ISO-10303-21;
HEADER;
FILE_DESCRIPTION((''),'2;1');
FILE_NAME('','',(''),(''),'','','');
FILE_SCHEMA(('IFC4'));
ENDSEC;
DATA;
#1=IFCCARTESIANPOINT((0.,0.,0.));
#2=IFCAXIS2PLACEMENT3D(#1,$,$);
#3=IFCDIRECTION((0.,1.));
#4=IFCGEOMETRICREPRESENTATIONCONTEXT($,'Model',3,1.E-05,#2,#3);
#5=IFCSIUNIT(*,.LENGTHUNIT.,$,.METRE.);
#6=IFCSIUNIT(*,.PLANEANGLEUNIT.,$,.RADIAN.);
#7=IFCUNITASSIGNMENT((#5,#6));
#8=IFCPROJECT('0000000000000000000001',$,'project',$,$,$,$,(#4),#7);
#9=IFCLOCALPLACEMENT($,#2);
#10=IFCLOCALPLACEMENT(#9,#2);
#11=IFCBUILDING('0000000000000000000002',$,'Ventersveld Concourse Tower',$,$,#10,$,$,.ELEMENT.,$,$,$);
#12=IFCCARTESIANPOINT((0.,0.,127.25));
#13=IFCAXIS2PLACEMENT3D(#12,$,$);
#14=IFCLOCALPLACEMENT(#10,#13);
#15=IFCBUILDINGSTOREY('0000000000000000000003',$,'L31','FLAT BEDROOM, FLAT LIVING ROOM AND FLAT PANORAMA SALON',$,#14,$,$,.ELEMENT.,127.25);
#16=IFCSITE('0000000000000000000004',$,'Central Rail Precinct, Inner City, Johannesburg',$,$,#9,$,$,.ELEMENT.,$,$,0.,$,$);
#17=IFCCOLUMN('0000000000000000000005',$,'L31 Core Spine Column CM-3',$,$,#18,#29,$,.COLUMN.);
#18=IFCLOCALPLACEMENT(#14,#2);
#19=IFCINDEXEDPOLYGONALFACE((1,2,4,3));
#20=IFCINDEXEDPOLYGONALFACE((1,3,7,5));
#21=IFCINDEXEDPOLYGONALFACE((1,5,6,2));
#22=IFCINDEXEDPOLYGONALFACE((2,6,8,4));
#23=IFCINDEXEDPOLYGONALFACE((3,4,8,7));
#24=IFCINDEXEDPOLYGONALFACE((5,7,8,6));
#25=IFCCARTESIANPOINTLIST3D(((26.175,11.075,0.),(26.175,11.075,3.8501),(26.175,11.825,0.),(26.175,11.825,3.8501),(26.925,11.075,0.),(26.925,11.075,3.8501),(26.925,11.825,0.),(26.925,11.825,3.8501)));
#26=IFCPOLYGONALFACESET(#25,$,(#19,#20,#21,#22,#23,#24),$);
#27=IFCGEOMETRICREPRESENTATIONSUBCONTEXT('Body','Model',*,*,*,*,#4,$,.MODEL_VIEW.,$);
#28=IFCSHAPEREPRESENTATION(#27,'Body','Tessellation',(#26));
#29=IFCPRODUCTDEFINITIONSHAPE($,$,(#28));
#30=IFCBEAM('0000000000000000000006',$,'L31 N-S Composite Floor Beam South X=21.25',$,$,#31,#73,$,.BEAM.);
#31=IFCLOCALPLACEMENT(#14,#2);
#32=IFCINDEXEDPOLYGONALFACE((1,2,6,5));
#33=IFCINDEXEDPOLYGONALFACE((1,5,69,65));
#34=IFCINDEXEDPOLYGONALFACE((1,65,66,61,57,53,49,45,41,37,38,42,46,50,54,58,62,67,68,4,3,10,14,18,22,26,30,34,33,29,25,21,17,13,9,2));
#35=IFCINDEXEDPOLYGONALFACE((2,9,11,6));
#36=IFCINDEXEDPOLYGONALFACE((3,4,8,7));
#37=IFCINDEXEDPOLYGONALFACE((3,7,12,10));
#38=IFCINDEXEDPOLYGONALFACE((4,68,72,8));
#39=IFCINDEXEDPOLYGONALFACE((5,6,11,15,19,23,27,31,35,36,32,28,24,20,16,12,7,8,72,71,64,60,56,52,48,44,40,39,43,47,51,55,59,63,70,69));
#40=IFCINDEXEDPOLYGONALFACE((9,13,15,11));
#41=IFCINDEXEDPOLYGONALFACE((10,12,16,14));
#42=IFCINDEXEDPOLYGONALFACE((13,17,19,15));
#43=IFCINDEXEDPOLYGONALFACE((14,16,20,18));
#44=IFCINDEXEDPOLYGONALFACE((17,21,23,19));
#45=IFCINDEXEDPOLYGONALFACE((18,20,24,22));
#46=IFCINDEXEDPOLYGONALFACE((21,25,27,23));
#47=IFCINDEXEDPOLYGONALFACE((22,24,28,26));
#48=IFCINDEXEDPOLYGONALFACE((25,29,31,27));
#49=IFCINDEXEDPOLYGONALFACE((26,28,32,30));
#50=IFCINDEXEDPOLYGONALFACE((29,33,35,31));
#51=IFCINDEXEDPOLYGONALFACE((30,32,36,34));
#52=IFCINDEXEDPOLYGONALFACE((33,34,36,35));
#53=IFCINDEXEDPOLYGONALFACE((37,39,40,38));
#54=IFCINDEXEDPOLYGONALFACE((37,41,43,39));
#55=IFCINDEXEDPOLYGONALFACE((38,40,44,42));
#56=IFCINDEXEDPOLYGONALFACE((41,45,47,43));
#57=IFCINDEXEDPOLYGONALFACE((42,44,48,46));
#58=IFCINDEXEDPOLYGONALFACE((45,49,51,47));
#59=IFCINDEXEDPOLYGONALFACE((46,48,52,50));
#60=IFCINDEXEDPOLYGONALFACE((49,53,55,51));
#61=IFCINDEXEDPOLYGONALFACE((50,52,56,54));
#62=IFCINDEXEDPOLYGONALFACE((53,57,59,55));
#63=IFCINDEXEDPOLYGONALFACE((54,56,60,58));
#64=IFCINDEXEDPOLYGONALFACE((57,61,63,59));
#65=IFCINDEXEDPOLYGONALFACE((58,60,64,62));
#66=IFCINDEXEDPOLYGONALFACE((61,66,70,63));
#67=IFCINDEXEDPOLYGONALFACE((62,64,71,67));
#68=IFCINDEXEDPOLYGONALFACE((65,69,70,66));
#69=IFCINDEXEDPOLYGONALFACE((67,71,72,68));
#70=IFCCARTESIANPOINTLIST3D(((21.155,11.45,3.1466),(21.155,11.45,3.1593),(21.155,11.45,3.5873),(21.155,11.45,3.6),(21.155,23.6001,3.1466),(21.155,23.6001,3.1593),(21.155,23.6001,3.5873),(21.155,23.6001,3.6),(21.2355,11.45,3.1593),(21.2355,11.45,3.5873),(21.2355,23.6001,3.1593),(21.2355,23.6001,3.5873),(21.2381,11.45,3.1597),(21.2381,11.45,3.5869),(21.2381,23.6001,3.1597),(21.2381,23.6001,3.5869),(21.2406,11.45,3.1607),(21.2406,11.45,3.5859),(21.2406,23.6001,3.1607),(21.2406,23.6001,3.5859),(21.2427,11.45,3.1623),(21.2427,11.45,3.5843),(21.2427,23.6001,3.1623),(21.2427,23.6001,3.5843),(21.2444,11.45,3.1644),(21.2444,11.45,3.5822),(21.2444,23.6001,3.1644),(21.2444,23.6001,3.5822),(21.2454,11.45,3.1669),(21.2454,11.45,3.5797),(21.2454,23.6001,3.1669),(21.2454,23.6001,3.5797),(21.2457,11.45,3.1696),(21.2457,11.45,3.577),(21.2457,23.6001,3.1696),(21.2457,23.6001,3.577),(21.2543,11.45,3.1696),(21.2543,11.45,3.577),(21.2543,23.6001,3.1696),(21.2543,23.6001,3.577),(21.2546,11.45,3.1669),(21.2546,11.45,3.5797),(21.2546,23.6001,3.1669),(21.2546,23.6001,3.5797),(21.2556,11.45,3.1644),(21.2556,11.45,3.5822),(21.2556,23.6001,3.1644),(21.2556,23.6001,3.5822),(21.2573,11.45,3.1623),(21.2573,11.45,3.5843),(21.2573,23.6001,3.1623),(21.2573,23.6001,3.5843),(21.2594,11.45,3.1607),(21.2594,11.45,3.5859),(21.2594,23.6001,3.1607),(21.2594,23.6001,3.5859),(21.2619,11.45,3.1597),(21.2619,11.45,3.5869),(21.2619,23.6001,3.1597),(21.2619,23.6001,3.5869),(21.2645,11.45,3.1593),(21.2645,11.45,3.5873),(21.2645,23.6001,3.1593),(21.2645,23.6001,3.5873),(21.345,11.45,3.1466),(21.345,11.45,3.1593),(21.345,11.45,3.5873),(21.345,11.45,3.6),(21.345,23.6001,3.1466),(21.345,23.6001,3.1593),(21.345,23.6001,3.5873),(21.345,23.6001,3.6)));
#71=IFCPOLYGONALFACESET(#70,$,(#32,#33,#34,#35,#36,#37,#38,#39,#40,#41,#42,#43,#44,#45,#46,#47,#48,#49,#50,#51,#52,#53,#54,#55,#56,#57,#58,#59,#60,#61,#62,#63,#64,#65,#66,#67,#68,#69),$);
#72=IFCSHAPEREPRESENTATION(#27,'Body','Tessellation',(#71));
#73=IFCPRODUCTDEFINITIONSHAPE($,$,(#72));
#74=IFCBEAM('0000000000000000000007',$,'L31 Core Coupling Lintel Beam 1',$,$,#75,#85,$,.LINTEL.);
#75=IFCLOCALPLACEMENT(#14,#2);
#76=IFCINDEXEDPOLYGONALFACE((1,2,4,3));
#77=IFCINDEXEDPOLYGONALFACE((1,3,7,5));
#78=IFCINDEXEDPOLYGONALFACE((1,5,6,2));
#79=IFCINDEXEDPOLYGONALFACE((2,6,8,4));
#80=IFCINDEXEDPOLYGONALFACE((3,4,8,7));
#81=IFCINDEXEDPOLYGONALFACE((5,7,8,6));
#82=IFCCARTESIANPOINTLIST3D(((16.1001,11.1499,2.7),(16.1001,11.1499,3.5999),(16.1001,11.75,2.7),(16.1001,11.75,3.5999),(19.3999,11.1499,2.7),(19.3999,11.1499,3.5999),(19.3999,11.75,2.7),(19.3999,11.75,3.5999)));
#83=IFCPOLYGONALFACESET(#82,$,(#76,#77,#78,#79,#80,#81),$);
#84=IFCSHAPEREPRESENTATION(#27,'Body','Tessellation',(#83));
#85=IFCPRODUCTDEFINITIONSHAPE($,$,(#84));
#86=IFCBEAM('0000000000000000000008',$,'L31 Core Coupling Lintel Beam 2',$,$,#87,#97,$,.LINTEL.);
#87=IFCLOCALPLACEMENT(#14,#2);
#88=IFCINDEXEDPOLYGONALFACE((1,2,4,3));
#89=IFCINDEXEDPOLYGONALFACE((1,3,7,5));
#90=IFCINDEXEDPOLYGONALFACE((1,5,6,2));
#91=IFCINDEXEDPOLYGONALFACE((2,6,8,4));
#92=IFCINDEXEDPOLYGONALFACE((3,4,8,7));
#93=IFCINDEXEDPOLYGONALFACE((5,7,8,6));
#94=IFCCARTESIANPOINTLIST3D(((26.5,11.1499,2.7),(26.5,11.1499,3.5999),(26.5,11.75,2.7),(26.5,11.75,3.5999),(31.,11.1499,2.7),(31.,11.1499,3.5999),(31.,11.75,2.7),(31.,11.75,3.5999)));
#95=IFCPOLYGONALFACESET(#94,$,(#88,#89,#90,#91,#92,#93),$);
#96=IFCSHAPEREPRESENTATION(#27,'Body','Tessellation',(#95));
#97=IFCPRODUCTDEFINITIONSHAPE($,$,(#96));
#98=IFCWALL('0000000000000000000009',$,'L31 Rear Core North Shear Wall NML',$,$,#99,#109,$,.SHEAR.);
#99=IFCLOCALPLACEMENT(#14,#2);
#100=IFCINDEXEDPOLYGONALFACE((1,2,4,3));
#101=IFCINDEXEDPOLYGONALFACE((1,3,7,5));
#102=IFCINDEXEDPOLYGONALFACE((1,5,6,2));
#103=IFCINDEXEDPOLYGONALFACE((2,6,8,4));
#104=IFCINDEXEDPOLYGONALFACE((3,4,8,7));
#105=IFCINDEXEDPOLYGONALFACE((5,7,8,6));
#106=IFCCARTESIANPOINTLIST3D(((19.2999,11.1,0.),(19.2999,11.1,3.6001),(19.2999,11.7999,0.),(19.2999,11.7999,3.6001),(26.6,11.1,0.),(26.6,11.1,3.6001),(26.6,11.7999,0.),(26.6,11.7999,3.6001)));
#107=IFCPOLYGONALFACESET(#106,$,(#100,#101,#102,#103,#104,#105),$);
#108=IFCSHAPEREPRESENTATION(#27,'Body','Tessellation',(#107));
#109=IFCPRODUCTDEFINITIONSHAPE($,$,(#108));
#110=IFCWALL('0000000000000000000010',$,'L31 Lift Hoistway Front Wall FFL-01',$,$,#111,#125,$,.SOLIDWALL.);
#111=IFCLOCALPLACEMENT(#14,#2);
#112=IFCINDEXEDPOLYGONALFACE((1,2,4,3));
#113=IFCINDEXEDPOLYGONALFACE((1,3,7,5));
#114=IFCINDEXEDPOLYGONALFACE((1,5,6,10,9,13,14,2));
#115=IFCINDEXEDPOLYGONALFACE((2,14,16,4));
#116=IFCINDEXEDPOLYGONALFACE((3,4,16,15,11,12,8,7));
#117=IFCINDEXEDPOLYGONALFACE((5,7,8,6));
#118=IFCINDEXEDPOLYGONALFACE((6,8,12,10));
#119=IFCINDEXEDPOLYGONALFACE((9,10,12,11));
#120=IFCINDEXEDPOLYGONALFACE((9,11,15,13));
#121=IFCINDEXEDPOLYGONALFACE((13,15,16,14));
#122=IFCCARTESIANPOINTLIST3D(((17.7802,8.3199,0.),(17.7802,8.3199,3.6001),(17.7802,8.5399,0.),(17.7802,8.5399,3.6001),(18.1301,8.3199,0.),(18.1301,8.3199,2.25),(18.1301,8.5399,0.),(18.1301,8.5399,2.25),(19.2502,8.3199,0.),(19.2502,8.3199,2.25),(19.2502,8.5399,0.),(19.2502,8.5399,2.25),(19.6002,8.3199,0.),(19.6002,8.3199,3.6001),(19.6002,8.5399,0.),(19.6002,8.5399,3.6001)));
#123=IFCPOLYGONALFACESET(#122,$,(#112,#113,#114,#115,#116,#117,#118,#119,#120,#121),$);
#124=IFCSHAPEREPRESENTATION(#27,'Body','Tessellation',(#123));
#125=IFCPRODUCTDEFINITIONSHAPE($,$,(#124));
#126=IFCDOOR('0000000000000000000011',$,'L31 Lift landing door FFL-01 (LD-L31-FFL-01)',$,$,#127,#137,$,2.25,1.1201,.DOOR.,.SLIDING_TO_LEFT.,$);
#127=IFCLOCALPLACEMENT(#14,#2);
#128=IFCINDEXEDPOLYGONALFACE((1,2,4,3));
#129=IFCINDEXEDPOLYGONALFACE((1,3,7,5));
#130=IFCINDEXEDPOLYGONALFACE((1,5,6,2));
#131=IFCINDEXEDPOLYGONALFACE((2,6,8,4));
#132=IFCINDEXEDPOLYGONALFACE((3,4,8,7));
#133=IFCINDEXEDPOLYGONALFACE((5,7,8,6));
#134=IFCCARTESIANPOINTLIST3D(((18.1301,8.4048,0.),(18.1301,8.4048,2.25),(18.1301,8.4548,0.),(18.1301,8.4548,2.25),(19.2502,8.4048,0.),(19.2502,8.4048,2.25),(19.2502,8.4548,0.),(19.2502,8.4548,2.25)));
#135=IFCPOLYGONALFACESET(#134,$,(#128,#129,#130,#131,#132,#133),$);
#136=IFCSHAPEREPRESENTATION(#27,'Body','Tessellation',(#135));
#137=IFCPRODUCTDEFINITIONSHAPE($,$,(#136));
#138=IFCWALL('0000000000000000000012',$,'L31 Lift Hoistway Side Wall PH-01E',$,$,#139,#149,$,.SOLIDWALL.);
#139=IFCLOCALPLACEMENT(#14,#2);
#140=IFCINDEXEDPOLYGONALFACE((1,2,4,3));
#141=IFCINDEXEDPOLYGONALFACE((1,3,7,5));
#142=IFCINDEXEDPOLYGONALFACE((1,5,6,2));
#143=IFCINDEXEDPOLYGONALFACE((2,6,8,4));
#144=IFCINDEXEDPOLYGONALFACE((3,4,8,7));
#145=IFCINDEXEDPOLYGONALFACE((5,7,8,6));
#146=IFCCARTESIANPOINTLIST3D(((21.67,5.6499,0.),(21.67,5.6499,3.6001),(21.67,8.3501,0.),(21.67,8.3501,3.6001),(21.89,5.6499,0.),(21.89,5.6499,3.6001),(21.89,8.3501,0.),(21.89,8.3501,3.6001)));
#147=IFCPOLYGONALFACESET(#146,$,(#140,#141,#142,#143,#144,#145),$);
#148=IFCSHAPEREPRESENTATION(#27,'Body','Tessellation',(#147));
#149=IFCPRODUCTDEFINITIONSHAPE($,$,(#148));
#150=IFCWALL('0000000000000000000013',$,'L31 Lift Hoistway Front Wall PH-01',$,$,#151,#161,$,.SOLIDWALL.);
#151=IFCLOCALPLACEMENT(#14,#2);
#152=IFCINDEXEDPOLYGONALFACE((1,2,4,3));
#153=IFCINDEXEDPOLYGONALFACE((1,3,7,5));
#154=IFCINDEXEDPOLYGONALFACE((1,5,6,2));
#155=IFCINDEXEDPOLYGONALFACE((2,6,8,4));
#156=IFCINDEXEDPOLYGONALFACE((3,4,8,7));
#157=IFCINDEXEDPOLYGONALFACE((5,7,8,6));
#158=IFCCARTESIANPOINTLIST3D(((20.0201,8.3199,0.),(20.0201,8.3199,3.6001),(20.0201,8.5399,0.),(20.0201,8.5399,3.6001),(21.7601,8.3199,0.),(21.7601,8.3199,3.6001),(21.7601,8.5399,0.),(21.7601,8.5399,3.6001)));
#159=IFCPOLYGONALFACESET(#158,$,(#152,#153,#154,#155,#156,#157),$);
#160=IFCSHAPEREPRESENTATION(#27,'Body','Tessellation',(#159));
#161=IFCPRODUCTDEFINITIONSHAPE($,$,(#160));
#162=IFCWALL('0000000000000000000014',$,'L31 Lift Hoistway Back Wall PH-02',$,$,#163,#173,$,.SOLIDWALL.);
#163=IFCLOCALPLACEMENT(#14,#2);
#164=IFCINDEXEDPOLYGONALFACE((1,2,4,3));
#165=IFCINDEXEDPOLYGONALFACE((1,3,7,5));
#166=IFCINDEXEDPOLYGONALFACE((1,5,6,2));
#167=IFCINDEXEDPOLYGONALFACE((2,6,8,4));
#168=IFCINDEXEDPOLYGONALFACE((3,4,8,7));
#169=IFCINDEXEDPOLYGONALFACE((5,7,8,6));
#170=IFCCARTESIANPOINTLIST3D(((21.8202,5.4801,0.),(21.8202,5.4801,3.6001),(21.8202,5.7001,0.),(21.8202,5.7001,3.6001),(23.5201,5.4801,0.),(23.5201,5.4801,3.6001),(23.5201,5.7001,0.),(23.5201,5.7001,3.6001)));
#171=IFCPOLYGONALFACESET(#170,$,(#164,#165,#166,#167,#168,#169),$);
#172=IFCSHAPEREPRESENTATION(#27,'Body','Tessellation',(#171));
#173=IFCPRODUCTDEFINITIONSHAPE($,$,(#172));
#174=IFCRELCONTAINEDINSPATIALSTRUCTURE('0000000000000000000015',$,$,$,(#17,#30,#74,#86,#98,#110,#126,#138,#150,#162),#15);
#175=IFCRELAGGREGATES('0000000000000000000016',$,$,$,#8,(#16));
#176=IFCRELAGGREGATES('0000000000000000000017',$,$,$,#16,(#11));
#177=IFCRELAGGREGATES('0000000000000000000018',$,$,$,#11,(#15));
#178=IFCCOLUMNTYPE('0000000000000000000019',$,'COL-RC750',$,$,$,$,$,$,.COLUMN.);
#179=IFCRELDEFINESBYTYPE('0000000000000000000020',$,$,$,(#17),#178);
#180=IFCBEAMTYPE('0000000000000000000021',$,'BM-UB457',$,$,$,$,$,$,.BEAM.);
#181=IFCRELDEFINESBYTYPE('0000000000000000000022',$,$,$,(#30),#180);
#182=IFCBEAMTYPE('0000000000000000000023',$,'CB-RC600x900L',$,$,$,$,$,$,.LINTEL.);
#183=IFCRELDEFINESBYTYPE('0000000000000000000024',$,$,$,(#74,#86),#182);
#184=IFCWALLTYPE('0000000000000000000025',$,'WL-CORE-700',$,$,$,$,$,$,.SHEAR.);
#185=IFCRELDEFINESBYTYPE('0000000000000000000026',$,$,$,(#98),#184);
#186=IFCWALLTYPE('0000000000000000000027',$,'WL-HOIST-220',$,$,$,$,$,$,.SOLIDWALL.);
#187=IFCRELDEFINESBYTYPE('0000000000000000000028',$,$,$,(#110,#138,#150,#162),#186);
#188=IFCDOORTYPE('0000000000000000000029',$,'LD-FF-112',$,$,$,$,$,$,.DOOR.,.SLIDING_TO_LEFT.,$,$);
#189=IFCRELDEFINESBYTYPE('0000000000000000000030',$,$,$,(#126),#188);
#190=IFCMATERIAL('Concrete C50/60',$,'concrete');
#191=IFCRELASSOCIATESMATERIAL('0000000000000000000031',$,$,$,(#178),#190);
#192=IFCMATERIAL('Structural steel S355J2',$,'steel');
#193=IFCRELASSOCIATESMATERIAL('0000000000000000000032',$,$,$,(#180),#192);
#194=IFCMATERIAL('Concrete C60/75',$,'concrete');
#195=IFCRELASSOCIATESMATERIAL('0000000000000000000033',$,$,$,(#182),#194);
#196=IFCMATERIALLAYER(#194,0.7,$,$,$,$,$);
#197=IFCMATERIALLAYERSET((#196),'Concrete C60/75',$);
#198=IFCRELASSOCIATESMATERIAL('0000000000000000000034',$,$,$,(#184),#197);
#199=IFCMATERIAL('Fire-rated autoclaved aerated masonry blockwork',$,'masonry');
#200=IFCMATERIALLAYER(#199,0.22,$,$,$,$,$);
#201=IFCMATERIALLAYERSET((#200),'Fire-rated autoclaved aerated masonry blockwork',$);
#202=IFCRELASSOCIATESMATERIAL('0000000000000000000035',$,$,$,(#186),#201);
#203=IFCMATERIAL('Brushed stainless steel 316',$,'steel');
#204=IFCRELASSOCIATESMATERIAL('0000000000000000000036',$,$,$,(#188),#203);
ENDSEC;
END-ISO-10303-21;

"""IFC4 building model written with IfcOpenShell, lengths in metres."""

from ifc_helpers import new_model, si_unit, direction, frame, frame_2d, origin, origin_2d, place, context, subcontext, project, spatial, rectangle, i_section, extrude, material, layer, layer_set, material_profile, profile_set, type_object, element, fill, save


model = new_model("IFC4")

# Units and contexts
model_context = context("Model", 3, precision=1e-05, world=origin(), true_north=direction((0.0, 1.0)))
body_context = subcontext(model_context, "Body", "Model", "MODEL_VIEW")
ifc_project = project(units=[si_unit("LENGTHUNIT", "METRE"), si_unit("PLANEANGLEUNIT", "RADIAN")], contexts=[model_context])

# Site, building, storey
site_placement = place(None, origin())
site = spatial("IfcSite", under=ifc_project, at=site_placement, Name="Central Rail Precinct, Inner City, Johannesburg", CompositionType="ELEMENT", RefElevation=0.0)
building_placement = place(site_placement, origin())
building = spatial("IfcBuilding", under=site, at=building_placement, Name="Ventersveld Concourse Tower", CompositionType="ELEMENT")
storey_placement = place(building_placement, frame((0.0, 0.0, 127.25)))
storey = spatial("IfcBuildingStorey", under=building, at=storey_placement, Name="L31", Description="FLAT BEDROOM, FLAT LIVING ROOM AND FLAT PANORAMA SALON", CompositionType="ELEMENT", Elevation=127.25)

# Column
ifc_material_1 = material(Name="Concrete C50/60", Category="concrete")
ifc_material_profile_1 = material_profile(ifc_material_1, rectangle(XDim=0.75, YDim=0.75, at=origin_2d()), Name="RC 750x750")
ifc_profile_set_1 = profile_set([ifc_material_profile_1], Name="Concrete C50/60")
column_type = type_object("IfcColumnType", Name="COL-RC750", PredefinedType="COLUMN", material=ifc_profile_set_1)
column_placement = place(storey_placement, frame((26.55, 11.45, 0.0), z_axis=(0.0, 0.0, 1.0), x_axis=(1.0, 0.0, 0.0)))
element("IfcColumn", 1, at=column_placement, inside=storey, type_object=column_type, Name="L31 Core Spine Column CM-3", PredefinedType="COLUMN", context=body_context, shape_type="SweptSolid", body=[
    extrude(rectangle(XDim=0.75, YDim=0.75, at=origin_2d()), origin(), (0.0, 0.0, 1.0), 3.8501),
])

# Beams
ifc_material_2 = material(Name="Structural steel S355J2", Category="steel")
ifc_material_profile_2 = material_profile(ifc_material_2, i_section(OverallWidth=0.1899, OverallDepth=0.4534, WebThickness=0.0085, FlangeThickness=0.0127, FilletRadius=0.0103, at=origin_2d()), Name="UB 457x191x67")
ifc_profile_set_2 = profile_set([ifc_material_profile_2], Name="Structural steel S355J2")
beam_type_1 = type_object("IfcBeamType", Name="BM-UB457", PredefinedType="BEAM", material=ifc_profile_set_2)
beam_1_placement = place(storey_placement, frame((21.25, 11.45, 3.3733), z_axis=(0.0, 1.0, 0.0), x_axis=(-1.0, 0.0, 0.0)))
element("IfcBeam", 2, at=beam_1_placement, inside=storey, type_object=beam_type_1, Name="L31 N-S Composite Floor Beam South X=21.25", PredefinedType="BEAM", context=body_context, shape_type="SweptSolid", body=[
    extrude(i_section(OverallWidth=0.1899, OverallDepth=0.4534, WebThickness=0.0085, FlangeThickness=0.0127, FilletRadius=0.0103, at=origin_2d()), origin(), (0.0, 0.0, 1.0), 12.1501),
])
ifc_material_3 = material(Name="Concrete C60/75", Category="concrete")
ifc_material_profile_3 = material_profile(ifc_material_3, rectangle(XDim=0.6001, YDim=0.8999, at=origin_2d()), Name="RC 600x900")
ifc_profile_set_3 = profile_set([ifc_material_profile_3], Name="Concrete C60/75")
beam_type_2 = type_object("IfcBeamType", Name="CB-RC600x900L", PredefinedType="LINTEL", material=ifc_profile_set_3)
beam_2_placement = place(storey_placement, frame((16.1001, 11.45, 3.1499), z_axis=(1.0, 0.0, 0.0), x_axis=(0.0, 1.0, 0.0)))
element("IfcBeam", 3, at=beam_2_placement, inside=storey, type_object=beam_type_2, Name="L31 Core Coupling Lintel Beam 1", PredefinedType="LINTEL", context=body_context, shape_type="SweptSolid", body=[
    extrude(rectangle(XDim=0.6001, YDim=0.8999, at=origin_2d()), origin(), (0.0, 0.0, 1.0), 3.2998),
])
beam_3_placement = place(storey_placement, frame((26.5, 11.45, 3.1499), z_axis=(1.0, 0.0, 0.0), x_axis=(0.0, 1.0, 0.0)))
element("IfcBeam", 4, at=beam_3_placement, inside=storey, type_object=beam_type_2, Name="L31 Core Coupling Lintel Beam 2", PredefinedType="LINTEL", context=body_context, shape_type="SweptSolid", body=[
    extrude(rectangle(XDim=0.6001, YDim=0.8999, at=origin_2d()), origin(), (0.0, 0.0, 1.0), 4.5),
])

# Wall
ifc_layer_1 = layer(ifc_material_3, 0.7)
ifc_layer_set_1 = layer_set([ifc_layer_1], Name="Concrete C60/75")
wall_type_1 = type_object("IfcWallType", Name="WL-CORE-700", PredefinedType="SHEAR", material=ifc_layer_set_1)
wall_1_placement = place(storey_placement, frame((19.3, 11.45, 0.0), z_axis=(0.0, 0.0, 1.0), x_axis=(1.0, 0.0, 0.0)))
element("IfcWall", 5, at=wall_1_placement, inside=storey, type_object=wall_type_1, Name="L31 Rear Core North Shear Wall NML", PredefinedType="SHEAR", context=body_context, shape_type="SweptSolid", body=[
    extrude(rectangle(XDim=7.3, YDim=0.7, at=frame_2d((3.6499, 0.0))), origin(), (0.0, 0.0, 1.0), 3.6001),
])

# Wall, opening, door
ifc_material_4 = material(Name="Fire-rated autoclaved aerated masonry blockwork", Category="masonry")
ifc_layer_2 = layer(ifc_material_4, 0.22)
ifc_layer_set_2 = layer_set([ifc_layer_2], Name="Fire-rated autoclaved aerated masonry blockwork")
wall_type_2 = type_object("IfcWallType", Name="WL-HOIST-220", PredefinedType="SOLIDWALL", material=ifc_layer_set_2)
wall_2_placement = place(storey_placement, frame((17.78, 8.4299, 0.0), z_axis=(0.0, 0.0, 1.0), x_axis=(1.0, 0.0, 0.0)))
wall_2 = element("IfcWall", 6, at=wall_2_placement, inside=storey, type_object=wall_type_2, Name="L31 Lift Hoistway Front Wall FFL-01", PredefinedType="SOLIDWALL", context=body_context, shape_type="SweptSolid", body=[
    extrude(rectangle(XDim=1.8201, YDim=0.22, at=frame_2d((0.9102, 0.0))), origin(), (0.0, 0.0, 1.0), 3.6001),
])
opening_1_placement = place(wall_2_placement, frame((0.3501, 0.0, 0.0)))
opening_1 = element("IfcOpeningElement", 7, at=opening_1_placement, cuts=wall_2, PredefinedType="OPENING", context=body_context, shape_type="SweptSolid", body=[
    extrude(rectangle(XDim=1.1201, YDim=2.25, at=frame_2d((0.5601, 1.125))), frame((0.0, 0.1201, 0.0), z_axis=(0.0, -1.0, 0.0), x_axis=(1.0, 0.0, 0.0)), (0.0, 0.0, 1.0), 0.24),
])
ifc_material_5 = material(Name="Brushed stainless steel 316", Category="steel")
door_type_1 = type_object("IfcDoorType", Name="LD-FF-112", OperationType="SLIDING_TO_LEFT", PredefinedType="DOOR", material=ifc_material_5)
door_1_placement = place(opening_1_placement, origin())
door_1 = element("IfcDoor", 8, at=door_1_placement, inside=storey, type_object=door_type_1, Name="L31 Lift landing door FFL-01 (LD-L31-FFL-01)", OperationType="SLIDING_TO_LEFT", OverallHeight=2.25, OverallWidth=1.1201, PredefinedType="DOOR", context=body_context, shape_type="SweptSolid", body=[
    extrude(rectangle(XDim=1.1201, YDim=2.25, at=frame_2d((0.5601, 1.125))), frame((0.0, 0.0249, 0.0), z_axis=(0.0, -1.0, 0.0), x_axis=(1.0, 0.0, 0.0)), (0.0, 0.0, 1.0), 0.05),
])
fill(opening_1, door_1)

# Walls
wall_3_placement = place(storey_placement, frame((21.78, 5.6499, 0.0), z_axis=(0.0, 0.0, 1.0), x_axis=(0.0, 1.0, 0.0)))
element("IfcWall", 9, at=wall_3_placement, inside=storey, type_object=wall_type_2, Name="L31 Lift Hoistway Side Wall PH-01E", PredefinedType="SOLIDWALL", context=body_context, shape_type="SweptSolid", body=[
    extrude(rectangle(XDim=2.7002, YDim=0.22, at=frame_2d((1.3501, 0.0))), origin(), (0.0, 0.0, 1.0), 3.6001),
])
wall_4_placement = place(storey_placement, frame((20.02, 8.4299, 0.0), z_axis=(0.0, 0.0, 1.0), x_axis=(1.0, 0.0, 0.0)))
element("IfcWall", 10, at=wall_4_placement, inside=storey, type_object=wall_type_2, Name="L31 Lift Hoistway Front Wall PH-01", PredefinedType="SOLIDWALL", context=body_context, shape_type="SweptSolid", body=[
    extrude(rectangle(XDim=1.74, YDim=0.22, at=frame_2d((0.8701, 0.0))), origin(), (0.0, 0.0, 1.0), 3.6001),
])
wall_5_placement = place(storey_placement, frame((21.8201, 5.5901, 0.0), z_axis=(0.0, 0.0, 1.0), x_axis=(1.0, 0.0, 0.0)))
element("IfcWall", 11, at=wall_5_placement, inside=storey, type_object=wall_type_2, Name="L31 Lift Hoistway Back Wall PH-02", PredefinedType="SOLIDWALL", context=body_context, shape_type="SweptSolid", body=[
    extrude(rectangle(XDim=1.7, YDim=0.22, at=frame_2d((0.8501, 0.0))), origin(), (0.0, 0.0, 1.0), 3.6001),
])

save(model, "model.ifc")
